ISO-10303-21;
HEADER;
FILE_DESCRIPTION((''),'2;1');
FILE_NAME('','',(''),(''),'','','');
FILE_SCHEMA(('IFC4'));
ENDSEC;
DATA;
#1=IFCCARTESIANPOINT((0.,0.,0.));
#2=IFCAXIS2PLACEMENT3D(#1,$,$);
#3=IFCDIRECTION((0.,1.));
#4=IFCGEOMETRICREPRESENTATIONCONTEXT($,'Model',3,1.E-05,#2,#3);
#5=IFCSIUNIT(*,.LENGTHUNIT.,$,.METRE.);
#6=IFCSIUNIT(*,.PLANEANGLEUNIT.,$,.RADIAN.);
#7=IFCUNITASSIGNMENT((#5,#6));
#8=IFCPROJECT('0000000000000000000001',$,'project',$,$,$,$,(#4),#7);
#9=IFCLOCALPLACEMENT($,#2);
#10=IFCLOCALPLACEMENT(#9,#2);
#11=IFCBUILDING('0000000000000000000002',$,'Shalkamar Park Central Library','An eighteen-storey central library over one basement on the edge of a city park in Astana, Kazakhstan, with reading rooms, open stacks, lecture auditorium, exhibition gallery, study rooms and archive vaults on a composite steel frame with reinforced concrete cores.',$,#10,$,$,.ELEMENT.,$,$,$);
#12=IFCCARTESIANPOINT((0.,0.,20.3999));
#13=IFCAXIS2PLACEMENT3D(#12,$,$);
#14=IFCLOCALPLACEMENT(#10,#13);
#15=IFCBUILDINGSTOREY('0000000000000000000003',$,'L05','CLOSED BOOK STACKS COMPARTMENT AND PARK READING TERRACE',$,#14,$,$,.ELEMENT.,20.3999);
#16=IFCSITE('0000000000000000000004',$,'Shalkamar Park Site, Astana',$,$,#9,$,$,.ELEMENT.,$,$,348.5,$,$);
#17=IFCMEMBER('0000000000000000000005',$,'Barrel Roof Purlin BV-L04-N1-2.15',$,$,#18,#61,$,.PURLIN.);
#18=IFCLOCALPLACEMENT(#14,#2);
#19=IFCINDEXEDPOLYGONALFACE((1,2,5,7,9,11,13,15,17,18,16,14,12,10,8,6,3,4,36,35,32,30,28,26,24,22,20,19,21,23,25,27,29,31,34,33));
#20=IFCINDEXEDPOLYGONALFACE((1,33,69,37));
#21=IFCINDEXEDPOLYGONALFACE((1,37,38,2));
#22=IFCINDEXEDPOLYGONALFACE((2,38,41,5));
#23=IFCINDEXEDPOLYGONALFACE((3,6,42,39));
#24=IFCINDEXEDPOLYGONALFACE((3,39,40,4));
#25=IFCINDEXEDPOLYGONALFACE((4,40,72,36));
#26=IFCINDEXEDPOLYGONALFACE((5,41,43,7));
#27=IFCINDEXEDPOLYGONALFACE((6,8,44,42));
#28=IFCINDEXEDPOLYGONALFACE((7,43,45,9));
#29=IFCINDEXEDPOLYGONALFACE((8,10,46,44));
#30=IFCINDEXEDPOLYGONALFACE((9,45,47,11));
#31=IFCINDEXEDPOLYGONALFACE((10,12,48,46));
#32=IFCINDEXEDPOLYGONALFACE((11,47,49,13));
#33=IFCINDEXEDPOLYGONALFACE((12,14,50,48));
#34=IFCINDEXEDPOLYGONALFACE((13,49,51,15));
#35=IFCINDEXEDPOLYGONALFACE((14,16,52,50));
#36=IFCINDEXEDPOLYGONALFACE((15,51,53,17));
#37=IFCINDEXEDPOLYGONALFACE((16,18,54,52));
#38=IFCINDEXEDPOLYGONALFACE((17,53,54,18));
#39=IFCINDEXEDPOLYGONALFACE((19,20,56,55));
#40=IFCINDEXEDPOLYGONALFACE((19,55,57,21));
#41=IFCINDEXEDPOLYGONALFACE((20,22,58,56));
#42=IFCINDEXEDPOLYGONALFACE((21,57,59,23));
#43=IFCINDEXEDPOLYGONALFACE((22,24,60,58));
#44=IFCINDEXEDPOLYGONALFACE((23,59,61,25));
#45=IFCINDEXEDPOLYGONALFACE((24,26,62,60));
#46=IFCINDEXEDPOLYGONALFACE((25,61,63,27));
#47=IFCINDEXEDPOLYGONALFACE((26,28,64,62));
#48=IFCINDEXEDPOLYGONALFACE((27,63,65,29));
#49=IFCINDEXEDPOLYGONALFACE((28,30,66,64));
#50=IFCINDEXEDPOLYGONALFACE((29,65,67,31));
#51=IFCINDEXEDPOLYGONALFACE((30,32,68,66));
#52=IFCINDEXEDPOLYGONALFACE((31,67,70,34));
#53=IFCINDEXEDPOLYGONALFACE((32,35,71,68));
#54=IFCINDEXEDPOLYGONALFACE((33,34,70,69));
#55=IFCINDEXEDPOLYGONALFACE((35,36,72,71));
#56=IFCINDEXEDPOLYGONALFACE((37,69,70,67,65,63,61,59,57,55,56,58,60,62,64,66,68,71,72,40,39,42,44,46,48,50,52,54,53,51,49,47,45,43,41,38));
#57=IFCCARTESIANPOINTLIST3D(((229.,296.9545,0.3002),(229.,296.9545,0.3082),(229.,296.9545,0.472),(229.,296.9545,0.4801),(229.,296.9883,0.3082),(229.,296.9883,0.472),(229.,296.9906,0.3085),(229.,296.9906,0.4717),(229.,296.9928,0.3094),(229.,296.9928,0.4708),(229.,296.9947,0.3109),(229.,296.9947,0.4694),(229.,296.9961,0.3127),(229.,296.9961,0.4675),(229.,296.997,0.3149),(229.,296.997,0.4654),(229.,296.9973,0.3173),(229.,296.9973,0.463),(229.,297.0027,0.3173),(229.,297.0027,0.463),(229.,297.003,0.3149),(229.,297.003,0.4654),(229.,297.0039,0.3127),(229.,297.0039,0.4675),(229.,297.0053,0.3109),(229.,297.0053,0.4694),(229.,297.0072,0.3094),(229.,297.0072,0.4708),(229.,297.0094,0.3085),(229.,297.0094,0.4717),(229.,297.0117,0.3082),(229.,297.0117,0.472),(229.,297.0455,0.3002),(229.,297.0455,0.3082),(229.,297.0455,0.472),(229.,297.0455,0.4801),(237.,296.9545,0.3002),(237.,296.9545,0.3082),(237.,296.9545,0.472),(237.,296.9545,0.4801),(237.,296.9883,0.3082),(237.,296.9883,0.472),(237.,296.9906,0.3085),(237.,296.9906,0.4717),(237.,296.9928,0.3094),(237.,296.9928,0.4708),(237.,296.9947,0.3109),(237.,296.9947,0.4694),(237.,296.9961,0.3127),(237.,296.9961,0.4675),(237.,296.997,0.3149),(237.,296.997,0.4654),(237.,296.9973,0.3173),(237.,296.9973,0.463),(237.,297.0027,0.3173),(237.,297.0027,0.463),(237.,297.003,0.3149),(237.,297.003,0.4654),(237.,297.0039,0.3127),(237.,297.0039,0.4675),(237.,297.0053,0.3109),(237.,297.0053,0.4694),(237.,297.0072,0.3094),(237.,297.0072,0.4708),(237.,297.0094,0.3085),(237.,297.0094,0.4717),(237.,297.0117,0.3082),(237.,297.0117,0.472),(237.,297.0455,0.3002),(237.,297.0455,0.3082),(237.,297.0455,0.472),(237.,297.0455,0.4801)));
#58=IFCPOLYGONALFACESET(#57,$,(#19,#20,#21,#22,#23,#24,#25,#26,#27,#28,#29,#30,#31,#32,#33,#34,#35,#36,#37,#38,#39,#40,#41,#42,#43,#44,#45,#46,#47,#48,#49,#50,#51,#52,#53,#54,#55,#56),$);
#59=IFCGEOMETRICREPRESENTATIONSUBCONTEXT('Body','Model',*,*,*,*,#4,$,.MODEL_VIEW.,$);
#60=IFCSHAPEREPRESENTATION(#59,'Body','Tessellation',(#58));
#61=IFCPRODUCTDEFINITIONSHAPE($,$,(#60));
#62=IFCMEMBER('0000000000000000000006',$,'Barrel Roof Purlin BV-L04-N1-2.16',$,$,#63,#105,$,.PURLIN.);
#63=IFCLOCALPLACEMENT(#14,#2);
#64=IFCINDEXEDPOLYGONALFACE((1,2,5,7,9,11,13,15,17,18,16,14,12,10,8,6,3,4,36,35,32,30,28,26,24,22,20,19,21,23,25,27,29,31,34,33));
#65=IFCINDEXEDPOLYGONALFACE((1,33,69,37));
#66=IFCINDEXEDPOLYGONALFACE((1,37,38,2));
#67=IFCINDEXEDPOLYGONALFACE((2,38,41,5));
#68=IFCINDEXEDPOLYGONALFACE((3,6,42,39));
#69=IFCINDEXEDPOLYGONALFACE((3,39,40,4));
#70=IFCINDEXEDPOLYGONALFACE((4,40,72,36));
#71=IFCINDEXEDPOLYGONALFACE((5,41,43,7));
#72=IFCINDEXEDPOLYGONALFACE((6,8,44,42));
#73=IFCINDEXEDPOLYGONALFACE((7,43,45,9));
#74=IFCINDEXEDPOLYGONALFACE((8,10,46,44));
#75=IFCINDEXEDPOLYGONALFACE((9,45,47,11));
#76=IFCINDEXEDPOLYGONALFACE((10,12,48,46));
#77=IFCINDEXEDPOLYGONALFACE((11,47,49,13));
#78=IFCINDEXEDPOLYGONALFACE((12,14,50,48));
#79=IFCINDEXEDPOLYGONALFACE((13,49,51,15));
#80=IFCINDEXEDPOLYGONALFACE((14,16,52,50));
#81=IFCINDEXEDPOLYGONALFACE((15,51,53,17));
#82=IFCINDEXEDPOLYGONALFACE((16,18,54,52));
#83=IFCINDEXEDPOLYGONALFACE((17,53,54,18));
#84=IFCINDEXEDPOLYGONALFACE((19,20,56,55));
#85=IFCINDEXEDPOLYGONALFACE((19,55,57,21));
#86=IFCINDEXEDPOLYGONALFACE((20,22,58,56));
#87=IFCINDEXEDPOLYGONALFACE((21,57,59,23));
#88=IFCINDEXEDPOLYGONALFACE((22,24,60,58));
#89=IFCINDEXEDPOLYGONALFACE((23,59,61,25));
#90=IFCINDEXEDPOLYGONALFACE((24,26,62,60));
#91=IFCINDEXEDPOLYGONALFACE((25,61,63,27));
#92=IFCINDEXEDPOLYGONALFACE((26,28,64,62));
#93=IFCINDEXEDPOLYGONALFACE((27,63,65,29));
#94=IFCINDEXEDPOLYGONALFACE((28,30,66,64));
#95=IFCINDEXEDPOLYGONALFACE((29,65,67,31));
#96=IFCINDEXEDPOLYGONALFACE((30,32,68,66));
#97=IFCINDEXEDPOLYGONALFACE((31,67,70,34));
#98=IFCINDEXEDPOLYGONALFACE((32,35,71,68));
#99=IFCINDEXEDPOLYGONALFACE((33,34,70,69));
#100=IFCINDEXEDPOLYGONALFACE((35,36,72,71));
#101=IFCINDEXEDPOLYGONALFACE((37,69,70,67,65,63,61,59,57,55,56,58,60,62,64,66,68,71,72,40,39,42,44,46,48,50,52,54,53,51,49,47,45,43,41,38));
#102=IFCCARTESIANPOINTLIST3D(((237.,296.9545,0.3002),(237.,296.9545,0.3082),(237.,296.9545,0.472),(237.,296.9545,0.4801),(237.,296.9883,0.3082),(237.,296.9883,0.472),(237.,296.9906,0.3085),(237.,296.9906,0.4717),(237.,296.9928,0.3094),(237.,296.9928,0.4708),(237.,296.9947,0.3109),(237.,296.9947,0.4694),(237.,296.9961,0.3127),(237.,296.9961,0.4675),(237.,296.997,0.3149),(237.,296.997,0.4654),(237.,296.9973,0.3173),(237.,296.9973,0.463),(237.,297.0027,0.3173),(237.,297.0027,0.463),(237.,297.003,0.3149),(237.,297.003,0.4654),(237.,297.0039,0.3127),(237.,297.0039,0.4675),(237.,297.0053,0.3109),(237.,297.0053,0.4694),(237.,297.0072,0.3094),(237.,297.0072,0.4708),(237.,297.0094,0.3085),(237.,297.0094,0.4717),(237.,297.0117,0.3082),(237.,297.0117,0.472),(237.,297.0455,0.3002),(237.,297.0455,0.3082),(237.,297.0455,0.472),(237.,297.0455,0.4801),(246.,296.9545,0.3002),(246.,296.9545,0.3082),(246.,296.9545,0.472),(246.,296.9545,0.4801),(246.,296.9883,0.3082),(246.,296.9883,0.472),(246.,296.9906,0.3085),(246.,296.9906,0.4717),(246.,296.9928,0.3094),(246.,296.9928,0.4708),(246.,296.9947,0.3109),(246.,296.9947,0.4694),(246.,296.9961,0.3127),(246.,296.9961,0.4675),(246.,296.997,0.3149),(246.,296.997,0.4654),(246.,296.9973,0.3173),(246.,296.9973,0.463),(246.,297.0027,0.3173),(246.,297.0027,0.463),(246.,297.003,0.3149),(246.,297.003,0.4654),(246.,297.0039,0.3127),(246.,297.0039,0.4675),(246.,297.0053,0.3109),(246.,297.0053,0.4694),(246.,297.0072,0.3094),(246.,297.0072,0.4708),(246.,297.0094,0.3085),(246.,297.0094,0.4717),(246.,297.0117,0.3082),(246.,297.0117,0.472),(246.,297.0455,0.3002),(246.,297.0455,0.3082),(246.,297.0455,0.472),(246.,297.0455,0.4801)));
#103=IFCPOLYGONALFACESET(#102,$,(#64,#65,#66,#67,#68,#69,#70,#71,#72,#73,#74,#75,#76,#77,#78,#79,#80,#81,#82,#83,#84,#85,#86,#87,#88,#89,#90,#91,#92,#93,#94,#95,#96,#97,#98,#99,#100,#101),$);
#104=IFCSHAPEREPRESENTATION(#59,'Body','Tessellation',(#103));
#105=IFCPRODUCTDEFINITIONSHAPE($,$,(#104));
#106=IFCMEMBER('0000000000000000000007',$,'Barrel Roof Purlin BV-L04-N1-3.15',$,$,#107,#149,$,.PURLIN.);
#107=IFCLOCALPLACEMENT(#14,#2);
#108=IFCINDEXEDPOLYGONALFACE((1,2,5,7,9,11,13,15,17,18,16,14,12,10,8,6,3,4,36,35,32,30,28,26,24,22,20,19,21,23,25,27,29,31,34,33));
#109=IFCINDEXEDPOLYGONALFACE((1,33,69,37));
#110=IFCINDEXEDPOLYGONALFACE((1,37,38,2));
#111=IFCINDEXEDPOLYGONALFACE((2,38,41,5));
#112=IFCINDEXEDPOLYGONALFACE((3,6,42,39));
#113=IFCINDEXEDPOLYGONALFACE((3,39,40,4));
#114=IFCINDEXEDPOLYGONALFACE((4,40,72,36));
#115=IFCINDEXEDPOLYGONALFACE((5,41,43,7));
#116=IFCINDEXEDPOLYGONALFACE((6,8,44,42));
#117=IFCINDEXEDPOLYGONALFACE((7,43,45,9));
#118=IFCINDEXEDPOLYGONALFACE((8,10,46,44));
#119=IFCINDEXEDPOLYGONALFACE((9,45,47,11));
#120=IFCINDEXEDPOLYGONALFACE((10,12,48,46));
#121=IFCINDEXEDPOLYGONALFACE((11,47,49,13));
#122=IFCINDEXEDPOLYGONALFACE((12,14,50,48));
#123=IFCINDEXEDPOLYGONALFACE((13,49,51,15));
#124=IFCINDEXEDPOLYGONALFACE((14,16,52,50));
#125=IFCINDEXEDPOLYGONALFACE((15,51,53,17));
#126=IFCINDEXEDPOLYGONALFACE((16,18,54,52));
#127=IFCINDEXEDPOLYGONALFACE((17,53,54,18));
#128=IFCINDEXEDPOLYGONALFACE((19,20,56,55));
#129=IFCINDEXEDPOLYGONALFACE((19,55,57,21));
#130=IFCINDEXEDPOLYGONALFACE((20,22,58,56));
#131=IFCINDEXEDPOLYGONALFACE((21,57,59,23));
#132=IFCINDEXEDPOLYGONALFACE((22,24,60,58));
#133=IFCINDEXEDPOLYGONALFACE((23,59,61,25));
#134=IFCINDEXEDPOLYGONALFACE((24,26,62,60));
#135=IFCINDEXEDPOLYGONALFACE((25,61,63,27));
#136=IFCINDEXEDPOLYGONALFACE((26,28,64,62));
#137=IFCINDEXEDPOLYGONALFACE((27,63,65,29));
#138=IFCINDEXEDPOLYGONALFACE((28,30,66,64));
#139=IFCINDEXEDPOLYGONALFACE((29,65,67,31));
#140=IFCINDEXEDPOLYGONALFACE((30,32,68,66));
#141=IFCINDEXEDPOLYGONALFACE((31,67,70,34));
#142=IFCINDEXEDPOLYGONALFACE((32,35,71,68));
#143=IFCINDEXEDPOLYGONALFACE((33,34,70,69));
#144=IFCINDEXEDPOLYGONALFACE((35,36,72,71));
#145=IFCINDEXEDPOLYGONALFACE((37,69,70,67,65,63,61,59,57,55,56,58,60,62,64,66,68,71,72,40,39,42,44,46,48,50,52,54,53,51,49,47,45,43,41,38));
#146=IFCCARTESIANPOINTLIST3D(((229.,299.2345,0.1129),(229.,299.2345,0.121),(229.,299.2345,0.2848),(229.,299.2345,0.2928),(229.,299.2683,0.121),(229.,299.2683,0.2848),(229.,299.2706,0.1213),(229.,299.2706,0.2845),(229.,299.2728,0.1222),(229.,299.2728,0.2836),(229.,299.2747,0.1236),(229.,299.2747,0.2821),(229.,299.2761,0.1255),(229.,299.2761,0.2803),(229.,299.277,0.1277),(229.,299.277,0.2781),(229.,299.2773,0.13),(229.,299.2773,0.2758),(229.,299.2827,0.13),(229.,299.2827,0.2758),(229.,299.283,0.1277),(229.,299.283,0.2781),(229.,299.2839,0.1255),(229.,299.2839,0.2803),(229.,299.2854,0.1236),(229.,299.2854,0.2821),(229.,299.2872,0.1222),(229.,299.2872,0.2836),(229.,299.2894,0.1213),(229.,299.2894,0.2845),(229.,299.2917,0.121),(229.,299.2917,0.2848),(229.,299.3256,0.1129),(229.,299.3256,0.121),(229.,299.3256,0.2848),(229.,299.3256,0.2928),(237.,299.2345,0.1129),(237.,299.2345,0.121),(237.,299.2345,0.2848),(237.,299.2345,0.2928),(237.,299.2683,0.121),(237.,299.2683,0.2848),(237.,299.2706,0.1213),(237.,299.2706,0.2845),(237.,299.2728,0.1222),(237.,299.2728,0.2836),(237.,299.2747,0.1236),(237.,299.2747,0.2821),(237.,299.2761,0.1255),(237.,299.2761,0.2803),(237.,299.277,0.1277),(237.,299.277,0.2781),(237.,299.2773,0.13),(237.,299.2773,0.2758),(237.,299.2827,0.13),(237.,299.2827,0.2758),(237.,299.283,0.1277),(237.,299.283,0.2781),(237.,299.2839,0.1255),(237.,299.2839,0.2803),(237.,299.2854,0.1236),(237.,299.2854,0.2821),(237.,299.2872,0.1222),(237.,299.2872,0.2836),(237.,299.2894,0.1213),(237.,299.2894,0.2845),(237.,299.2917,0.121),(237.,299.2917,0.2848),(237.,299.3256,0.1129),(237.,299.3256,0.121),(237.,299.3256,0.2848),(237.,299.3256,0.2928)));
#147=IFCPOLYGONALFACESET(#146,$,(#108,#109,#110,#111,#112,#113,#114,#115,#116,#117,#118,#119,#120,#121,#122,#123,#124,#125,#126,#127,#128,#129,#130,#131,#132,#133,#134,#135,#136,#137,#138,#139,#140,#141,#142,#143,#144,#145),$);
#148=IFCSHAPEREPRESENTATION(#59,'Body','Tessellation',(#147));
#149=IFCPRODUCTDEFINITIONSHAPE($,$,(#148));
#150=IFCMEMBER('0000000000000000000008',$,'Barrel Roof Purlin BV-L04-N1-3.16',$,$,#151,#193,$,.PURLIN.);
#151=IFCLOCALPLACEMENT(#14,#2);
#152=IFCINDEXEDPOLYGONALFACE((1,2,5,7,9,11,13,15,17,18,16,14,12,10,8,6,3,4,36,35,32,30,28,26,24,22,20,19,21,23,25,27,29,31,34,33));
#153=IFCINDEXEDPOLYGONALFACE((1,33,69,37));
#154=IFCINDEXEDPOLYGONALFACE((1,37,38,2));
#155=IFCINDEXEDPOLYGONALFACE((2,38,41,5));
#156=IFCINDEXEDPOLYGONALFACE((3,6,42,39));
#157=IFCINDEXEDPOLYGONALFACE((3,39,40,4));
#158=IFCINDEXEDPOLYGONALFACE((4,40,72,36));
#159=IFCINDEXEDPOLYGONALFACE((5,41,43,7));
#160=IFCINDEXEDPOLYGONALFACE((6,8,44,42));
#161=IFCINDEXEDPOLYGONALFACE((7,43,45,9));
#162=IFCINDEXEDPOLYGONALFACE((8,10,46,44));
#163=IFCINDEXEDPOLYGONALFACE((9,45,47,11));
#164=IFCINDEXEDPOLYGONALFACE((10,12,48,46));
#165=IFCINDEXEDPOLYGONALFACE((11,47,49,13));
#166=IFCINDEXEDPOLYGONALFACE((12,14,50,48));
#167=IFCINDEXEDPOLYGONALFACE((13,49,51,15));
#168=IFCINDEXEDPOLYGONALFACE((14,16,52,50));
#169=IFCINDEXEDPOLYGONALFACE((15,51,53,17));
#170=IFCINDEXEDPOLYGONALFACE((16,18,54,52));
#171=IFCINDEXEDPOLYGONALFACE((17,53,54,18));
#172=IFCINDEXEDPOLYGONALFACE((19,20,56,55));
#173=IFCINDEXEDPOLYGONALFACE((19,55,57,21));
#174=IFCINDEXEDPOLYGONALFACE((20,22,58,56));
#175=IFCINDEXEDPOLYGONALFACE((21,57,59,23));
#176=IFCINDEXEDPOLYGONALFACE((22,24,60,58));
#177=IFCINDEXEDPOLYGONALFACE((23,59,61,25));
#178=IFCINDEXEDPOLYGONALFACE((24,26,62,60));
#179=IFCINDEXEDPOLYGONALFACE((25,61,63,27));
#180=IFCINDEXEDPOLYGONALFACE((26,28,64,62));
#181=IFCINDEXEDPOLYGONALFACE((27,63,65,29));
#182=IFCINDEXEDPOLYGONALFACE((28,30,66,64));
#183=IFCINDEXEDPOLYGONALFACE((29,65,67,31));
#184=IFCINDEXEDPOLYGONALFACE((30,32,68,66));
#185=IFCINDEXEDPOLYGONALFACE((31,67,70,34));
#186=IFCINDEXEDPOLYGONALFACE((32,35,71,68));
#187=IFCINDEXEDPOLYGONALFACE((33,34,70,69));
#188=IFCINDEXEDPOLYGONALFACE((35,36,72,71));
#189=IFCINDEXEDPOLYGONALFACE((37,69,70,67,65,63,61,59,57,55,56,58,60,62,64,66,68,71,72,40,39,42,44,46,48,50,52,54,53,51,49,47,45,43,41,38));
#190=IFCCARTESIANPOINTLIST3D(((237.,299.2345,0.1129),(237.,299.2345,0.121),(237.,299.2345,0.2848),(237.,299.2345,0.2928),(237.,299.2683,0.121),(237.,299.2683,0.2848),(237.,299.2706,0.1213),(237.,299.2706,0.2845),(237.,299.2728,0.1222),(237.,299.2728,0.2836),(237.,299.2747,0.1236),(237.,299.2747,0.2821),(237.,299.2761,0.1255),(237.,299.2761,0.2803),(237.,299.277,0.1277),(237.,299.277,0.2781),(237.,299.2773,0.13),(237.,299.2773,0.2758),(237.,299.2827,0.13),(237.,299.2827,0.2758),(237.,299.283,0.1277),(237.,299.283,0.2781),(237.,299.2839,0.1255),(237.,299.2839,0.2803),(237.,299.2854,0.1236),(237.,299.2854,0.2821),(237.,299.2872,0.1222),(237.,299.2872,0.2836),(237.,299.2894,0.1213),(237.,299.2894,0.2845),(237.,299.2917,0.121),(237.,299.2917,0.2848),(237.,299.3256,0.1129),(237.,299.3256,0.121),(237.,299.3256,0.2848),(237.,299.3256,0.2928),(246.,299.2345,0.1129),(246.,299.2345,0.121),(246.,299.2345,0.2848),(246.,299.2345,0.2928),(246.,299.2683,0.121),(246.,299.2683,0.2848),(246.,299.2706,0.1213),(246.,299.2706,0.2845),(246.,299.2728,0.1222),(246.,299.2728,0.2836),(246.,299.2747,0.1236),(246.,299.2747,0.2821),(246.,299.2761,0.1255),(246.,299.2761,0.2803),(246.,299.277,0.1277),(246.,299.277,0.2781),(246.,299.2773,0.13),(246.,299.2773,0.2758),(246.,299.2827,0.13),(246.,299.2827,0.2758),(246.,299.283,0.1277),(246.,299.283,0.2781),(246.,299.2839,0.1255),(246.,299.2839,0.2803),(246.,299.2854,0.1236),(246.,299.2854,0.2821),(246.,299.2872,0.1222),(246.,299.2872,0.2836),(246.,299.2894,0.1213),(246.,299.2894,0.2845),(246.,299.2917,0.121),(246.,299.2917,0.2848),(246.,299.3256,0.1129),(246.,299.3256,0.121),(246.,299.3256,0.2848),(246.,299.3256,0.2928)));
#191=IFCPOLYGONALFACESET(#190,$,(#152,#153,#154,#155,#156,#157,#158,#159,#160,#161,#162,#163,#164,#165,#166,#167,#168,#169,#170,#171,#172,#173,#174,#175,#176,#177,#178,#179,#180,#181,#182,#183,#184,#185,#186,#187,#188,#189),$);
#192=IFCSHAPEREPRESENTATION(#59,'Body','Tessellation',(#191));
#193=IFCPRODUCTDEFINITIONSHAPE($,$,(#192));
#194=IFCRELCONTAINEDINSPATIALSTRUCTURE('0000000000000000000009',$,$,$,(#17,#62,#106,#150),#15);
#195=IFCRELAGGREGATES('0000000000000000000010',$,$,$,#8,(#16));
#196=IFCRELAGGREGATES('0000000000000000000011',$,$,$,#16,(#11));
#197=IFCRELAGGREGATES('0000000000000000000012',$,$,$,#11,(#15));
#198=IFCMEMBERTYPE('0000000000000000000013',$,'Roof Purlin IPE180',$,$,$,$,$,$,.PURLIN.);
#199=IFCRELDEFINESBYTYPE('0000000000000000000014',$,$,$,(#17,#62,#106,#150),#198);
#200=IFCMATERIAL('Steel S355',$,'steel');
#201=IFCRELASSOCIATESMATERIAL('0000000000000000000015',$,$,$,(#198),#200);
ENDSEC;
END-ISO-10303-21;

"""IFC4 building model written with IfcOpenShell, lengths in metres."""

from ifc_helpers import new_model, si_unit, direction, frame, origin, origin_2d, place, context, subcontext, project, spatial, i_section, extrude, material, material_profile, profile_set, type_object, element, save


model = new_model("IFC4")

# Units and contexts
model_context = context("Model", 3, precision=1e-05, world=origin(), true_north=direction((0.0, 1.0)))
body_context = subcontext(model_context, "Body", "Model", "MODEL_VIEW")
ifc_project = project(units=[si_unit("LENGTHUNIT", "METRE"), si_unit("PLANEANGLEUNIT", "RADIAN")], contexts=[model_context])

# Site, building, storey
site_placement = place(None, origin())
site = spatial("IfcSite", under=ifc_project, at=site_placement, Name="Shalkamar Park Site, Astana", CompositionType="ELEMENT", RefElevation=348.5)
building_placement = place(site_placement, origin())
building = spatial("IfcBuilding", under=site, at=building_placement, Name="Shalkamar Park Central Library", Description="An eighteen-storey central library over one basement on the edge of a city park in Astana, Kazakhstan, with reading rooms, open stacks, lecture auditorium, exhibition gallery, study rooms and archive vaults on a composite steel frame with reinforced concrete cores.", CompositionType="ELEMENT")
storey_placement = place(building_placement, frame((0.0, 0.0, 20.3999)))
storey = spatial("IfcBuildingStorey", under=building, at=storey_placement, Name="L05", Description="CLOSED BOOK STACKS COMPARTMENT AND PARK READING TERRACE", CompositionType="ELEMENT", Elevation=20.3999)

# Members
ifc_material = material(Name="Steel S355", Category="steel")
ifc_material_profile_1 = material_profile(ifc_material, i_section(OverallWidth=0.0911, OverallDepth=0.1799, WebThickness=0.0054, FlangeThickness=0.0081, FilletRadius=0.009, at=origin_2d()), Name="IPE 180")
ifc_profile_set_1 = profile_set([ifc_material_profile_1], Name="Steel S355")
member_type_1 = type_object("IfcMemberType", Name="Roof Purlin IPE180", PredefinedType="PURLIN", material=ifc_profile_set_1)
member_1_placement = place(storey_placement, frame((229.0, 297.0, 0.3901), z_axis=(1.0, 0.0, 0.0), x_axis=(0.0, 1.0, 0.0)))
element("IfcMember", 1, at=member_1_placement, inside=storey, type_object=member_type_1, Name="Barrel Roof Purlin BV-L04-N1-2.15", PredefinedType="PURLIN", context=body_context, shape_type="SweptSolid", body=[
    extrude(i_section(OverallWidth=0.0911, OverallDepth=0.1799, WebThickness=0.0054, FlangeThickness=0.0081, FilletRadius=0.009, at=origin_2d()), origin(), (0.0, 0.0, 1.0), 8.0),
])
member_2_placement = place(storey_placement, frame((237.0, 297.0, 0.3901), z_axis=(1.0, 0.0, 0.0), x_axis=(0.0, 1.0, 0.0)))
element("IfcMember", 2, at=member_2_placement, inside=storey, type_object=member_type_1, Name="Barrel Roof Purlin BV-L04-N1-2.16", PredefinedType="PURLIN", context=body_context, shape_type="SweptSolid", body=[
    extrude(i_section(OverallWidth=0.0911, OverallDepth=0.1799, WebThickness=0.0054, FlangeThickness=0.0081, FilletRadius=0.009, at=origin_2d()), origin(), (0.0, 0.0, 1.0), 9.0),
])
member_3_placement = place(storey_placement, frame((229.0, 299.28, 0.2029), z_axis=(1.0, 0.0, 0.0), x_axis=(0.0, 1.0, 0.0)))
element("IfcMember", 3, at=member_3_placement, inside=storey, type_object=member_type_1, Name="Barrel Roof Purlin BV-L04-N1-3.15", PredefinedType="PURLIN", context=body_context, shape_type="SweptSolid", body=[
    extrude(i_section(OverallWidth=0.0911, OverallDepth=0.1799, WebThickness=0.0054, FlangeThickness=0.0081, FilletRadius=0.009, at=origin_2d()), origin(), (0.0, 0.0, 1.0), 8.0),
])
member_4_placement = place(storey_placement, frame((237.0, 299.28, 0.2029), z_axis=(1.0, 0.0, 0.0), x_axis=(0.0, 1.0, 0.0)))
element("IfcMember", 4, at=member_4_placement, inside=storey, type_object=member_type_1, Name="Barrel Roof Purlin BV-L04-N1-3.16", PredefinedType="PURLIN", context=body_context, shape_type="SweptSolid", body=[
    extrude(i_section(OverallWidth=0.0911, OverallDepth=0.1799, WebThickness=0.0054, FlangeThickness=0.0081, FilletRadius=0.009, at=origin_2d()), origin(), (0.0, 0.0, 1.0), 9.0),
])

save(model, "model.ifc")
